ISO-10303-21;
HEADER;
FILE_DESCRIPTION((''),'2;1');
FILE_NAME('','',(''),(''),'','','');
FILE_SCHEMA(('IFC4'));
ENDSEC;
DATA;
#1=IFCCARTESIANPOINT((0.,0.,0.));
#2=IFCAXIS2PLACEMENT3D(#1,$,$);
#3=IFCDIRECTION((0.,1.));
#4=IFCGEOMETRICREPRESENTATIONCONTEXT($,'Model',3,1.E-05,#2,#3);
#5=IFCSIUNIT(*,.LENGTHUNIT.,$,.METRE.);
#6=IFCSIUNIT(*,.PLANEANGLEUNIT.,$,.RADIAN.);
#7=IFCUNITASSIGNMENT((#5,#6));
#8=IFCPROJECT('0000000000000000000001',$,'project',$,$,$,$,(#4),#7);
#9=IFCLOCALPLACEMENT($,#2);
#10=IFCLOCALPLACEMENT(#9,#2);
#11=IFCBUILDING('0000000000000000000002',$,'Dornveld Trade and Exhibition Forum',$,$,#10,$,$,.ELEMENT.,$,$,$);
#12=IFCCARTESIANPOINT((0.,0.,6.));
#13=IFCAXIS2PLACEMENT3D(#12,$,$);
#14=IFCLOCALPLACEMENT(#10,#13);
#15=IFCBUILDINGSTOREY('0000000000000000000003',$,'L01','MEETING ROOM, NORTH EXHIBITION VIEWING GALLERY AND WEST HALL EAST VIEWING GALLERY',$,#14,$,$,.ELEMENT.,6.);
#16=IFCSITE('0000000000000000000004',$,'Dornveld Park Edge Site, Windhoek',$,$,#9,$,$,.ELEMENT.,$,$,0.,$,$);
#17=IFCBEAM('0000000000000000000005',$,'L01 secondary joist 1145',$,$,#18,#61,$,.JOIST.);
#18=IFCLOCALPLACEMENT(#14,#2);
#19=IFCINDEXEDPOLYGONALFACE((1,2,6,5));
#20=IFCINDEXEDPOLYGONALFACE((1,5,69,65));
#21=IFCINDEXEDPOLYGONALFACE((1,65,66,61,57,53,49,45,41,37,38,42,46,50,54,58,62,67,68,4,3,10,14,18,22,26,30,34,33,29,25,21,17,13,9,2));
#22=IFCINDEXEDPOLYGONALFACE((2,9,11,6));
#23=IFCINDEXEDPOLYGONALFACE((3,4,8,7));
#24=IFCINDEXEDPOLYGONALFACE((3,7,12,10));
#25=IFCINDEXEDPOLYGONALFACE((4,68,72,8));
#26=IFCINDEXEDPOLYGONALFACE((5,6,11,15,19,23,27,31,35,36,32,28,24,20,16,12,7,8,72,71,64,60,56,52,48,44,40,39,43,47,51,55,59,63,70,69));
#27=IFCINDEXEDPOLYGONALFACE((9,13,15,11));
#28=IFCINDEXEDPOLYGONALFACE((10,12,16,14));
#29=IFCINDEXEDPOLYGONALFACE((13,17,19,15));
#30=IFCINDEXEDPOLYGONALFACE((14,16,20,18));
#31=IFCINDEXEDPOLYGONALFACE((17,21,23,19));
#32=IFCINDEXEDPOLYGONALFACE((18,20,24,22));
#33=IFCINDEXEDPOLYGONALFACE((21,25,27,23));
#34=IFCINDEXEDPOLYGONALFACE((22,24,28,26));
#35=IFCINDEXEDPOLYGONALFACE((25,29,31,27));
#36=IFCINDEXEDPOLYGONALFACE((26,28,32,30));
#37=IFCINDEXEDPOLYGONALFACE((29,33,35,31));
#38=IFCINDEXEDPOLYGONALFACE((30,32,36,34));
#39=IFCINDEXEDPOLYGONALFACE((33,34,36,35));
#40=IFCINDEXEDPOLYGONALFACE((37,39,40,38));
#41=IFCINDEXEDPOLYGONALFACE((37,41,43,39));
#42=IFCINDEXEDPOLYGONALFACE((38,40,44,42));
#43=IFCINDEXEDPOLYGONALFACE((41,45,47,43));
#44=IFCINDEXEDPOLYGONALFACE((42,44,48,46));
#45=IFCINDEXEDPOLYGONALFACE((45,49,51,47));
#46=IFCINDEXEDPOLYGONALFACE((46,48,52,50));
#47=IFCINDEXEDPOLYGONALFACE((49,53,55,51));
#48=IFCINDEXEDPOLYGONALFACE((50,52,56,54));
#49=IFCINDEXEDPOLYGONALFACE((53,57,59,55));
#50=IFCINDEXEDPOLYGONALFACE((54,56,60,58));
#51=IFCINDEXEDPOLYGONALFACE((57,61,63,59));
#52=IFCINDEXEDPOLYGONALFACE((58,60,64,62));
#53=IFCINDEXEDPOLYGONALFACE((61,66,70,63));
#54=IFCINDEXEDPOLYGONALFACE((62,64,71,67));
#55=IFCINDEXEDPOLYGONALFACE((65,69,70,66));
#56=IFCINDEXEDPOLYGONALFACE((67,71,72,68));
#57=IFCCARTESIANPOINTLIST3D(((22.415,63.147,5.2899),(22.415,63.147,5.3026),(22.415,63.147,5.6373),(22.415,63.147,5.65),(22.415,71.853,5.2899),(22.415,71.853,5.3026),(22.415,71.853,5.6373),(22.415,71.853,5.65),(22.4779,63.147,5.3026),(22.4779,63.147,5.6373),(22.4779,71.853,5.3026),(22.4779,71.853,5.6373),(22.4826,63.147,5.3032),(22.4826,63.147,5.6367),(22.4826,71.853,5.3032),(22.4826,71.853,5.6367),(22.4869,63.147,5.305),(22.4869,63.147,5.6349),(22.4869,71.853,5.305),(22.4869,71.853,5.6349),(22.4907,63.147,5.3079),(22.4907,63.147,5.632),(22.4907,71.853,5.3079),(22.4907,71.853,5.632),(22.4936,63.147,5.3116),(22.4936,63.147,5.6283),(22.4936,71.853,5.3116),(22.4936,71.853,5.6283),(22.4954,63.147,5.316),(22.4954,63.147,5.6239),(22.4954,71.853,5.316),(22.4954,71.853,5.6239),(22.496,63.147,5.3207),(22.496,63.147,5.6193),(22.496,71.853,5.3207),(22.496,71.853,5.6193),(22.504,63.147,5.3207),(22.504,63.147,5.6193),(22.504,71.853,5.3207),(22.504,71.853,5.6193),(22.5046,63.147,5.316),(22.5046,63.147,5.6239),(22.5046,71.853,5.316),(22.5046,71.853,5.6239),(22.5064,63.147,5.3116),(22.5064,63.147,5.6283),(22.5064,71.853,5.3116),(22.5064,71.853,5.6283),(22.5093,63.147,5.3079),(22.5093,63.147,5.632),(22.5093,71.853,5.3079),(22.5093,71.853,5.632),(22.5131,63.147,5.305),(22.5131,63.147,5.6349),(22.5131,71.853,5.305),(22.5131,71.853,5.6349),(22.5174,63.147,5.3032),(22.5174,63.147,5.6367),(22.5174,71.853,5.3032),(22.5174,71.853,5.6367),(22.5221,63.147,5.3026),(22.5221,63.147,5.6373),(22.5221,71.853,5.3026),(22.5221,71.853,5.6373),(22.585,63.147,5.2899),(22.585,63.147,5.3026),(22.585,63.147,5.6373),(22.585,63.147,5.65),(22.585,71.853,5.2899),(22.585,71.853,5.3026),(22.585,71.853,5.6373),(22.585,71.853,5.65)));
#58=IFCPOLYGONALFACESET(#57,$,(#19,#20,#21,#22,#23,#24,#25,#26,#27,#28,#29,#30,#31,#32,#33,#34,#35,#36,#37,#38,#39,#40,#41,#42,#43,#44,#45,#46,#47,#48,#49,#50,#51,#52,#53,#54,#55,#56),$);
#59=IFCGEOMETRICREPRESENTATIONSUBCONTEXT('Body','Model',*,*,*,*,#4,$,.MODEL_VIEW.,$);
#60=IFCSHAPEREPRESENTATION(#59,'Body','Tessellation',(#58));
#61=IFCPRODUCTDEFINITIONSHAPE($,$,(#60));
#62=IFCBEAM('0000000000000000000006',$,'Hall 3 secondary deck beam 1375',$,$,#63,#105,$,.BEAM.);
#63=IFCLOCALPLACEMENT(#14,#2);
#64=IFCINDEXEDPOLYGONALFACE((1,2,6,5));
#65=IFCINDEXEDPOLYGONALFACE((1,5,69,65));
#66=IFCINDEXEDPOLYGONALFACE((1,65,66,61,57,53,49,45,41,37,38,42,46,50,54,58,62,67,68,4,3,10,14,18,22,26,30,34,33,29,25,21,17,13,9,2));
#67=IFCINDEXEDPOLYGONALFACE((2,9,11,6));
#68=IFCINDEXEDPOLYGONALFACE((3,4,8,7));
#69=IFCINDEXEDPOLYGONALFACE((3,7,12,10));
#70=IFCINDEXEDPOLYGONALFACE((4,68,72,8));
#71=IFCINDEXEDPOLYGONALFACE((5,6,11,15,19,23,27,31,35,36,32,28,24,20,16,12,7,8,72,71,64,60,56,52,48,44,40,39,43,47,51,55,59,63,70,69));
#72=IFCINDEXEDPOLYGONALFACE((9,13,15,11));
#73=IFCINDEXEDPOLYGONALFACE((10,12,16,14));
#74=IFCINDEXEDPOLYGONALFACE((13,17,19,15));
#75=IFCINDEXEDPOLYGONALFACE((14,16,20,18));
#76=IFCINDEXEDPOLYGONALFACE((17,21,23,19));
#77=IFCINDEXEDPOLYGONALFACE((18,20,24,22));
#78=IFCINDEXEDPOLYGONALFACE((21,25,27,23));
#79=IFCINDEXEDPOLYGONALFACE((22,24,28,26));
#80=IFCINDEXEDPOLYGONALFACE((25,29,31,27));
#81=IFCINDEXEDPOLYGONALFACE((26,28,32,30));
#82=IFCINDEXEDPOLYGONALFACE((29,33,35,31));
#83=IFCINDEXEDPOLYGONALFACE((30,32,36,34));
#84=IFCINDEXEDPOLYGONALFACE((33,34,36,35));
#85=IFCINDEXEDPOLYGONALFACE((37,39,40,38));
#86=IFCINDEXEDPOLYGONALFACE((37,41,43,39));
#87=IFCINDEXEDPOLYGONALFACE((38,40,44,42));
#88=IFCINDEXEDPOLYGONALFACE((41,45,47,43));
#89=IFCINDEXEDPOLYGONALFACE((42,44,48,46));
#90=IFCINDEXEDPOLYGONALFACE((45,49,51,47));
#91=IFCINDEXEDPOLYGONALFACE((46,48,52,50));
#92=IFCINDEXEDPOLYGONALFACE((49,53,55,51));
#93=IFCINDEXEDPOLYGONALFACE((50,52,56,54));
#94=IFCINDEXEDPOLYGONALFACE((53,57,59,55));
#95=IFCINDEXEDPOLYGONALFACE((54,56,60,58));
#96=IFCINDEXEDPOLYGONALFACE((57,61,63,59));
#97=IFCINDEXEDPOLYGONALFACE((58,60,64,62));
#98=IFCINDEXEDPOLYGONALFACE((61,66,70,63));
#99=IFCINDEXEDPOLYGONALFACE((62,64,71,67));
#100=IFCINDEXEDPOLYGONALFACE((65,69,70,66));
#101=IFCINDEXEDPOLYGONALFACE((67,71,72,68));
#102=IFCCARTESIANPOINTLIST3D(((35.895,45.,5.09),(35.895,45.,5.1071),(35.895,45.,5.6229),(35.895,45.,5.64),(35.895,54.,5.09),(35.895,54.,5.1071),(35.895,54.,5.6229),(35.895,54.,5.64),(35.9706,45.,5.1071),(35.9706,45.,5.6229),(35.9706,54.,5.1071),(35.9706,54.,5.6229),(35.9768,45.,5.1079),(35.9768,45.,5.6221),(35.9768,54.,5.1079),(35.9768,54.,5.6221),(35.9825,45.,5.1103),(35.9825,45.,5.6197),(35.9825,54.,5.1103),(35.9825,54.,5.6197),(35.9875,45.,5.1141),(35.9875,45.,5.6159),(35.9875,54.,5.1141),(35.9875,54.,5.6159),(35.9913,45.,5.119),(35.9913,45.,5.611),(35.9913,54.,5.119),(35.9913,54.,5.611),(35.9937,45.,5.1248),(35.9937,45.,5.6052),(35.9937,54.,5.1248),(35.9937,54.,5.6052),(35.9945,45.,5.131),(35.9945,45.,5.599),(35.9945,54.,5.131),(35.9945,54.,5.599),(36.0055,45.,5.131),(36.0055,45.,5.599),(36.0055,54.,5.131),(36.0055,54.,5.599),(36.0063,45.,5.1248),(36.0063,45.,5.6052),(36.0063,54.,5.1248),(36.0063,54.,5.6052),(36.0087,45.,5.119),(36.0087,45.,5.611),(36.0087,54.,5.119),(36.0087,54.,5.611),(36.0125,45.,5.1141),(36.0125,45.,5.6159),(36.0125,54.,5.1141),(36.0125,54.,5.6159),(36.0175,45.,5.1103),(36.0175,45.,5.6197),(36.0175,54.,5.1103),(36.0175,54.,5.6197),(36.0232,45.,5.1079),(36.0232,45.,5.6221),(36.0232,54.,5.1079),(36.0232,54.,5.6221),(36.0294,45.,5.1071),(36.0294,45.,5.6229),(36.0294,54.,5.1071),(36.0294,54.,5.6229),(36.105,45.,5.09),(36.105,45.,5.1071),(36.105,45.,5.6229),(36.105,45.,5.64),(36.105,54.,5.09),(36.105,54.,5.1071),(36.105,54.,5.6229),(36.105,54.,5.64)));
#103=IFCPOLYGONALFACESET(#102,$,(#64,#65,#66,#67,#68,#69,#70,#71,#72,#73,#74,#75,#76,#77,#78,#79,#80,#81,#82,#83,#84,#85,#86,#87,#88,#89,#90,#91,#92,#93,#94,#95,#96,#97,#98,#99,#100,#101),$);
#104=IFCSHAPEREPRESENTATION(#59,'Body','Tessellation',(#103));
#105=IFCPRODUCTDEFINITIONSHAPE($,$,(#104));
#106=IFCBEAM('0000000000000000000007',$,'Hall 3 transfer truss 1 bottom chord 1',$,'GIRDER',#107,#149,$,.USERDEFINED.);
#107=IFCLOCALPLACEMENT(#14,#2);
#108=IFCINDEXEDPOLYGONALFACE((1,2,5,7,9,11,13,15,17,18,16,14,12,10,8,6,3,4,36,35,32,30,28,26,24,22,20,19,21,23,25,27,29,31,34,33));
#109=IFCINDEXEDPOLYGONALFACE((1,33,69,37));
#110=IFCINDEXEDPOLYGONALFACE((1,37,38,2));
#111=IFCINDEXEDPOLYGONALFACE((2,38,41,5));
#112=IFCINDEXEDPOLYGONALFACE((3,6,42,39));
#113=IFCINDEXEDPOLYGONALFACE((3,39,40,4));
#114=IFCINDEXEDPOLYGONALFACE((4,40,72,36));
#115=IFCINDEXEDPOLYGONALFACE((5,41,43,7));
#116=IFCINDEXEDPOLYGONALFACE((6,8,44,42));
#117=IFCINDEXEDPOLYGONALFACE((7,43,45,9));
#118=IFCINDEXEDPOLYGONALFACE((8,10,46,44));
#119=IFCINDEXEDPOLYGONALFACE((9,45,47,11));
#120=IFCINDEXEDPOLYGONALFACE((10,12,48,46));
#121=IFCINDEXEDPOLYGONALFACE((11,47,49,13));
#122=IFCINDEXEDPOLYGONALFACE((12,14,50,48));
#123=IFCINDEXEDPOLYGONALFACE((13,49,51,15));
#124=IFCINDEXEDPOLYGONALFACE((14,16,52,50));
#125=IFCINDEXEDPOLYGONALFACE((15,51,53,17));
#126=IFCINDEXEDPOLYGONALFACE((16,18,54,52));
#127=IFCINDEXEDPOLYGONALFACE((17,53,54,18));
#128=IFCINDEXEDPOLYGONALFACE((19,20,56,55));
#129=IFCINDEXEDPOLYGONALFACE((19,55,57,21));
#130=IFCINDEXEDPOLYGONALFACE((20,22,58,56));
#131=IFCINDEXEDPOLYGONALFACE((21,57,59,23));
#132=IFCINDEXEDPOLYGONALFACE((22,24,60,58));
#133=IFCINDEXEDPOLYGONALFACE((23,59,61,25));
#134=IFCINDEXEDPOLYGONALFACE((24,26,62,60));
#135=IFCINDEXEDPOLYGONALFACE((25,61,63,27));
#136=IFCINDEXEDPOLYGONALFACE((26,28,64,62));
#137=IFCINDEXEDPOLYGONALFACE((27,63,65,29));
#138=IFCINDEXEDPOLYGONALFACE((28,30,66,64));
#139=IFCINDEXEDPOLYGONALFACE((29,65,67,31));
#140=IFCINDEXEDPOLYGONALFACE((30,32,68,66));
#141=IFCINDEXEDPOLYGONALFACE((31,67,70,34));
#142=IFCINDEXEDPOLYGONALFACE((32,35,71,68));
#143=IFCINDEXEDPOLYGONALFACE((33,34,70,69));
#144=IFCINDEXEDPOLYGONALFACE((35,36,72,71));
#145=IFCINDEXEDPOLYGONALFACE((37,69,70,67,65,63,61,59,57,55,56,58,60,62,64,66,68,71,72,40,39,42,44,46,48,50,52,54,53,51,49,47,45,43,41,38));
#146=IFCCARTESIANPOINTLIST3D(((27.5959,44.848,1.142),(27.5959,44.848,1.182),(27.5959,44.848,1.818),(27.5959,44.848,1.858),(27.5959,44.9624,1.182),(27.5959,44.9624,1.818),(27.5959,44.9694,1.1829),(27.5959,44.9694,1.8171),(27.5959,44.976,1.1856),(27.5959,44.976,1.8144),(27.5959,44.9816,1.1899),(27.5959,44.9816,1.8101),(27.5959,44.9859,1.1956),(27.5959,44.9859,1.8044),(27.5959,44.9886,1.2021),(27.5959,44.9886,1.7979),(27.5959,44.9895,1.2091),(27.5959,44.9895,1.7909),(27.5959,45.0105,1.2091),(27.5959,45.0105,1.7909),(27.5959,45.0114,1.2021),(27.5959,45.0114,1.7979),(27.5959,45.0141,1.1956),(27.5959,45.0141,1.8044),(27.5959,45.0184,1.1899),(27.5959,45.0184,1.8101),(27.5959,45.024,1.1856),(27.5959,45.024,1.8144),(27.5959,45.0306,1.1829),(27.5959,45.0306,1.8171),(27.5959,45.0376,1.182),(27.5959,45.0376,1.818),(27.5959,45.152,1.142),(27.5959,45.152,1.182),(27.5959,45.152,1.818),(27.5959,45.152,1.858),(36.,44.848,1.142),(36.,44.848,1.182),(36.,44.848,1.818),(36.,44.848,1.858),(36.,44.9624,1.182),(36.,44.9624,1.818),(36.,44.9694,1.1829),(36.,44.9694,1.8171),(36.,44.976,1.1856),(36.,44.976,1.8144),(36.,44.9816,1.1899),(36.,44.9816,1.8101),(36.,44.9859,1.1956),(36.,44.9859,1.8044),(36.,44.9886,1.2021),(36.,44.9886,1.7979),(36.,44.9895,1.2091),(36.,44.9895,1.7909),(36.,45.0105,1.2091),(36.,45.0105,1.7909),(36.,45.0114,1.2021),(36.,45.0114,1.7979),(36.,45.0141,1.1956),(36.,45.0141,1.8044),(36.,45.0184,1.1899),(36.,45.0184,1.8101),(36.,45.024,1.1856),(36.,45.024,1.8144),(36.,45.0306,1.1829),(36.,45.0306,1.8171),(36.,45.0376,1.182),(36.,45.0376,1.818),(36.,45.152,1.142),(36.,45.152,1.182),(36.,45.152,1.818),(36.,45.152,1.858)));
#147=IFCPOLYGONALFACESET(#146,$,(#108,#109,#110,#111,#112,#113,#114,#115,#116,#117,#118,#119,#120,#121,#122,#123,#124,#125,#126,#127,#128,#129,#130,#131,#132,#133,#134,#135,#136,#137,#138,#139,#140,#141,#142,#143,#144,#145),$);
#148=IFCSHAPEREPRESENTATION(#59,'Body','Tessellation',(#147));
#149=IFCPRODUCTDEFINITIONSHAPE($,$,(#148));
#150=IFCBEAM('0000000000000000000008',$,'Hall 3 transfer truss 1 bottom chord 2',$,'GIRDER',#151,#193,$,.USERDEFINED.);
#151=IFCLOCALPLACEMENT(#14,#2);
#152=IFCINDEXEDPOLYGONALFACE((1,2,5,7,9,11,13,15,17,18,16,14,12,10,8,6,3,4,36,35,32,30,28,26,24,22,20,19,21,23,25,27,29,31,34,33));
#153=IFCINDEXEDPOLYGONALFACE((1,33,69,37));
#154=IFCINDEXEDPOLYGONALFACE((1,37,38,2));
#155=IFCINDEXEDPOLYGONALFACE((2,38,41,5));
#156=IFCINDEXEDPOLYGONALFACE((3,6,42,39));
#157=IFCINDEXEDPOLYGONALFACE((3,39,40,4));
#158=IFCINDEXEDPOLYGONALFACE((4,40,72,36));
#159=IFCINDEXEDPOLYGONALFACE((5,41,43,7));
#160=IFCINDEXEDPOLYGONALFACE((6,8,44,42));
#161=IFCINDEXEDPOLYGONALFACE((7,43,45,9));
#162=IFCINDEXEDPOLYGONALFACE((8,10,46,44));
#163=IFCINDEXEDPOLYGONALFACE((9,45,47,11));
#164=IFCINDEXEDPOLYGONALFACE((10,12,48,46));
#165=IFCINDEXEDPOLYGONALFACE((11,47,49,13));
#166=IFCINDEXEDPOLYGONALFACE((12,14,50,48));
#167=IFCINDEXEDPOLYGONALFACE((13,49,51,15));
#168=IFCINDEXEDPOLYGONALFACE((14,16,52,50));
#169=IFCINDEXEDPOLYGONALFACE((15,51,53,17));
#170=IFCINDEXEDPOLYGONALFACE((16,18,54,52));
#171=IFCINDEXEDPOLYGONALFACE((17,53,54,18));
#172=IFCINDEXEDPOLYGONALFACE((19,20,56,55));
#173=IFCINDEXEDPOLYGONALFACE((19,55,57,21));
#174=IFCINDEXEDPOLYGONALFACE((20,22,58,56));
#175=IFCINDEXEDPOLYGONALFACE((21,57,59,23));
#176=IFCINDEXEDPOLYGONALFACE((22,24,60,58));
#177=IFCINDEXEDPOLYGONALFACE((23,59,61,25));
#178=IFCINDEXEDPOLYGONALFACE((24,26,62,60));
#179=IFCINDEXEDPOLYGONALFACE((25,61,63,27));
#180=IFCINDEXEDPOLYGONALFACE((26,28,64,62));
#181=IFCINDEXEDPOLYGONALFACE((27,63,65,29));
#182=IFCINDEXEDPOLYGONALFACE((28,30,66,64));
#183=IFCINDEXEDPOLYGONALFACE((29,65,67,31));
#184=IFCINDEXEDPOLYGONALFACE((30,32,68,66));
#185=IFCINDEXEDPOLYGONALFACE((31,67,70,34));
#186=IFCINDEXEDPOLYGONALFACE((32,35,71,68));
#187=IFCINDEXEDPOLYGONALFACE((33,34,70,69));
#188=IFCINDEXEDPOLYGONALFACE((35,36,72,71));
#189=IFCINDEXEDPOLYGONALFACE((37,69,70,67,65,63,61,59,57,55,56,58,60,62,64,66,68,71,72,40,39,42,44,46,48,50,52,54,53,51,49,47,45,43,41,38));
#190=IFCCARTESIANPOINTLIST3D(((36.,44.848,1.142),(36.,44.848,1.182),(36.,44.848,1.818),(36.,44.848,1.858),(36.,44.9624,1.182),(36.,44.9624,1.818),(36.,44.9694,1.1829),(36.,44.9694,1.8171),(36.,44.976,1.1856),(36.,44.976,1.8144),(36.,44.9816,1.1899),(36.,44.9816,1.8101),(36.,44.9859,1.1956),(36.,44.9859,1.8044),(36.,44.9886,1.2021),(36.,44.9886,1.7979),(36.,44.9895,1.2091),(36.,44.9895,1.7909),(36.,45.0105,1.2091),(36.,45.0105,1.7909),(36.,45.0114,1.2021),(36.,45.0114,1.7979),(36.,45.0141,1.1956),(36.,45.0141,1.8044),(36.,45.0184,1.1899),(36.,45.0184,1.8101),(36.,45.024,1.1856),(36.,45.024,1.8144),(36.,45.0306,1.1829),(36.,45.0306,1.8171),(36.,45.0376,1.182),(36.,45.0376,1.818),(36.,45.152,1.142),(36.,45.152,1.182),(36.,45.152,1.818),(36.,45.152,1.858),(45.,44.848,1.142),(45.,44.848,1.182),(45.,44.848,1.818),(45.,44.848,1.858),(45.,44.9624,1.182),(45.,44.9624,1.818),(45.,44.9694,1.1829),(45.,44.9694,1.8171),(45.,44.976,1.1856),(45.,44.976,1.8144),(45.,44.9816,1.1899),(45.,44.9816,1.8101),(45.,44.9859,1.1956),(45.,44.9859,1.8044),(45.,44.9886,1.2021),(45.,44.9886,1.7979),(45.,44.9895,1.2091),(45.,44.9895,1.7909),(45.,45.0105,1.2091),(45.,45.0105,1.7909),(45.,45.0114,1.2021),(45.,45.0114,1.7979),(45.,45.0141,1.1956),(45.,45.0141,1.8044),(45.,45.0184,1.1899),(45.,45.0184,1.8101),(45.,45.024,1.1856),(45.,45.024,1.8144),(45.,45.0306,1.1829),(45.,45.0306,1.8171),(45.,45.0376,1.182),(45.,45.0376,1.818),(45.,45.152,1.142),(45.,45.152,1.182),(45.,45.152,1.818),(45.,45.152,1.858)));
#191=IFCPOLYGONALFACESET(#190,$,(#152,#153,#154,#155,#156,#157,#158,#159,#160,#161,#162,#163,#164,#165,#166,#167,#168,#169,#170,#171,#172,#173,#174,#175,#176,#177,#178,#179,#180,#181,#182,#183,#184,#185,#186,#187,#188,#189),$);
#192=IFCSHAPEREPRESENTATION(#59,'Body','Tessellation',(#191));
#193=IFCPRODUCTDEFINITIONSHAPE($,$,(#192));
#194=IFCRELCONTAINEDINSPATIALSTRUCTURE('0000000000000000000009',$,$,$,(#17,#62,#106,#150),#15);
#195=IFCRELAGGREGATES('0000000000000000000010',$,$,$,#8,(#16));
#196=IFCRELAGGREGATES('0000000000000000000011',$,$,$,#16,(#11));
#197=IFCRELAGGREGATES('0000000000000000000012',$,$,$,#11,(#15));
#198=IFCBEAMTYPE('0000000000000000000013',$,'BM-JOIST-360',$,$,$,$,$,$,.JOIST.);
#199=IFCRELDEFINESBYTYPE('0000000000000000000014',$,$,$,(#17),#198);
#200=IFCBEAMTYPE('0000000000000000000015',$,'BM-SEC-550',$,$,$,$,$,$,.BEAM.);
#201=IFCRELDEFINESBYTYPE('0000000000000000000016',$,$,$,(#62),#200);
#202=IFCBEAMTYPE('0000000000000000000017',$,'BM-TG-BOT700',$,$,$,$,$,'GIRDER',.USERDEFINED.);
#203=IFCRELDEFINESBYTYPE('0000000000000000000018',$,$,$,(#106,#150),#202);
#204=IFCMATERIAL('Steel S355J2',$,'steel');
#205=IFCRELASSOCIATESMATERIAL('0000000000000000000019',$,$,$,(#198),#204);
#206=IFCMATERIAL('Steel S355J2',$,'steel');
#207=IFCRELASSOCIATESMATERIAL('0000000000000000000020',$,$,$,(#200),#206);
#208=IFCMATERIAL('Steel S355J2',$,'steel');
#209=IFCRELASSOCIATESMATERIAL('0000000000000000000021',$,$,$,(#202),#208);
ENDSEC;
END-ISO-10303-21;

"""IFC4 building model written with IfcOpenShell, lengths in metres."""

from ifc_helpers import new_model, si_unit, direction, frame, origin, origin_2d, place, context, subcontext, project, spatial, i_section, extrude, material, material_profile, profile_set, type_object, element, save


model = new_model("IFC4")

# Units and contexts
model_context = context("Model", 3, precision=1e-05, world=origin(), true_north=direction((0.0, 1.0)))
body_context = subcontext(model_context, "Body", "Model", "MODEL_VIEW")
ifc_project = project(units=[si_unit("LENGTHUNIT", "METRE"), si_unit("PLANEANGLEUNIT", "RADIAN")], contexts=[model_context])

# Site, building, storey
site_placement = place(None, origin())
site = spatial("IfcSite", under=ifc_project, at=site_placement, Name="Dornveld Park Edge Site, Windhoek", CompositionType="ELEMENT", RefElevation=0.0)
building_placement = place(site_placement, origin())
building = spatial("IfcBuilding", under=site, at=building_placement, Name="Dornveld Trade and Exhibition Forum", CompositionType="ELEMENT")
storey_placement = place(building_placement, frame((0.0, 0.0, 6.0)))
storey = spatial("IfcBuildingStorey", under=building, at=storey_placement, Name="L01", Description="MEETING ROOM, NORTH EXHIBITION VIEWING GALLERY AND WEST HALL EAST VIEWING GALLERY", CompositionType="ELEMENT", Elevation=6.0)

# Beams
ifc_material_1 = material(Name="Steel S355J2", Category="steel")
ifc_material_profile_1 = material_profile(ifc_material_1, i_section(OverallWidth=0.1699, OverallDepth=0.3601, WebThickness=0.0081, FlangeThickness=0.0127, FilletRadius=0.0181, at=origin_2d()), Name="IPE 360")
ifc_profile_set_1 = profile_set([ifc_material_profile_1], Name="Steel S355J2")
beam_type_1 = type_object("IfcBeamType", Name="BM-JOIST-360", PredefinedType="JOIST", material=ifc_profile_set_1)
beam_1_placement = place(storey_placement, frame((22.5, 63.147, 5.47), z_axis=(0.0, 1.0, 0.0), x_axis=(-1.0, 0.0, 0.0)))
element("IfcBeam", 1, at=beam_1_placement, inside=storey, type_object=beam_type_1, Name="L01 secondary joist 1145", PredefinedType="JOIST", context=body_context, shape_type="SweptSolid", body=[
    extrude(i_section(OverallWidth=0.1699, OverallDepth=0.3601, WebThickness=0.0081, FlangeThickness=0.0127, FilletRadius=0.0181, at=origin_2d()), origin(), (0.0, 0.0, 1.0), 8.7061),
])
ifc_material_2 = material(Name="Steel S355J2", Category="steel")
ifc_material_profile_2 = material_profile(ifc_material_2, i_section(OverallWidth=0.21, OverallDepth=0.55, WebThickness=0.011, FlangeThickness=0.0171, FilletRadius=0.0239, at=origin_2d()), Name="IPE 550")
ifc_profile_set_2 = profile_set([ifc_material_profile_2], Name="Steel S355J2")
beam_type_2 = type_object("IfcBeamType", Name="BM-SEC-550", PredefinedType="BEAM", material=ifc_profile_set_2)
beam_2_placement = place(storey_placement, frame((36.0, 45.0, 5.365), z_axis=(0.0, 1.0, 0.0), x_axis=(-1.0, 0.0, 0.0)))
element("IfcBeam", 2, at=beam_2_placement, inside=storey, type_object=beam_type_2, Name="Hall 3 secondary deck beam 1375", PredefinedType="BEAM", context=body_context, shape_type="SweptSolid", body=[
    extrude(i_section(OverallWidth=0.21, OverallDepth=0.55, WebThickness=0.011, FlangeThickness=0.0171, FilletRadius=0.0239, at=origin_2d()), origin(), (0.0, 0.0, 1.0), 9.0),
])
ifc_material_3 = material(Name="Steel S355J2", Category="steel")
ifc_material_profile_3 = material_profile(ifc_material_3, i_section(OverallWidth=0.304, OverallDepth=0.7161, WebThickness=0.021, FlangeThickness=0.04, FilletRadius=0.0271, at=origin_2d()), Name="HEM 700")
ifc_profile_set_3 = profile_set([ifc_material_profile_3], Name="Steel S355J2")
beam_type_3 = type_object("IfcBeamType", Name="BM-TG-BOT700", ElementType="GIRDER", PredefinedType="USERDEFINED", material=ifc_profile_set_3)
beam_3_placement = place(storey_placement, frame((27.5959, 45.0, 1.5), z_axis=(1.0, 0.0, 0.0), x_axis=(0.0, 1.0, 0.0)))
element("IfcBeam", 3, at=beam_3_placement, inside=storey, type_object=beam_type_3, Name="Hall 3 transfer truss 1 bottom chord 1", ObjectType="GIRDER", PredefinedType="USERDEFINED", context=body_context, shape_type="SweptSolid", body=[
    extrude(i_section(OverallWidth=0.304, OverallDepth=0.7161, WebThickness=0.021, FlangeThickness=0.04, FilletRadius=0.0271, at=origin_2d()), origin(), (0.0, 0.0, 1.0), 8.4041),
])
beam_4_placement = place(storey_placement, frame((36.0, 45.0, 1.5), z_axis=(1.0, 0.0, 0.0), x_axis=(0.0, 1.0, 0.0)))
element("IfcBeam", 4, at=beam_4_placement, inside=storey, type_object=beam_type_3, Name="Hall 3 transfer truss 1 bottom chord 2", ObjectType="GIRDER", PredefinedType="USERDEFINED", context=body_context, shape_type="SweptSolid", body=[
    extrude(i_section(OverallWidth=0.304, OverallDepth=0.7161, WebThickness=0.021, FlangeThickness=0.04, FilletRadius=0.0271, at=origin_2d()), origin(), (0.0, 0.0, 1.0), 9.0),
])

save(model, "model.ifc")
